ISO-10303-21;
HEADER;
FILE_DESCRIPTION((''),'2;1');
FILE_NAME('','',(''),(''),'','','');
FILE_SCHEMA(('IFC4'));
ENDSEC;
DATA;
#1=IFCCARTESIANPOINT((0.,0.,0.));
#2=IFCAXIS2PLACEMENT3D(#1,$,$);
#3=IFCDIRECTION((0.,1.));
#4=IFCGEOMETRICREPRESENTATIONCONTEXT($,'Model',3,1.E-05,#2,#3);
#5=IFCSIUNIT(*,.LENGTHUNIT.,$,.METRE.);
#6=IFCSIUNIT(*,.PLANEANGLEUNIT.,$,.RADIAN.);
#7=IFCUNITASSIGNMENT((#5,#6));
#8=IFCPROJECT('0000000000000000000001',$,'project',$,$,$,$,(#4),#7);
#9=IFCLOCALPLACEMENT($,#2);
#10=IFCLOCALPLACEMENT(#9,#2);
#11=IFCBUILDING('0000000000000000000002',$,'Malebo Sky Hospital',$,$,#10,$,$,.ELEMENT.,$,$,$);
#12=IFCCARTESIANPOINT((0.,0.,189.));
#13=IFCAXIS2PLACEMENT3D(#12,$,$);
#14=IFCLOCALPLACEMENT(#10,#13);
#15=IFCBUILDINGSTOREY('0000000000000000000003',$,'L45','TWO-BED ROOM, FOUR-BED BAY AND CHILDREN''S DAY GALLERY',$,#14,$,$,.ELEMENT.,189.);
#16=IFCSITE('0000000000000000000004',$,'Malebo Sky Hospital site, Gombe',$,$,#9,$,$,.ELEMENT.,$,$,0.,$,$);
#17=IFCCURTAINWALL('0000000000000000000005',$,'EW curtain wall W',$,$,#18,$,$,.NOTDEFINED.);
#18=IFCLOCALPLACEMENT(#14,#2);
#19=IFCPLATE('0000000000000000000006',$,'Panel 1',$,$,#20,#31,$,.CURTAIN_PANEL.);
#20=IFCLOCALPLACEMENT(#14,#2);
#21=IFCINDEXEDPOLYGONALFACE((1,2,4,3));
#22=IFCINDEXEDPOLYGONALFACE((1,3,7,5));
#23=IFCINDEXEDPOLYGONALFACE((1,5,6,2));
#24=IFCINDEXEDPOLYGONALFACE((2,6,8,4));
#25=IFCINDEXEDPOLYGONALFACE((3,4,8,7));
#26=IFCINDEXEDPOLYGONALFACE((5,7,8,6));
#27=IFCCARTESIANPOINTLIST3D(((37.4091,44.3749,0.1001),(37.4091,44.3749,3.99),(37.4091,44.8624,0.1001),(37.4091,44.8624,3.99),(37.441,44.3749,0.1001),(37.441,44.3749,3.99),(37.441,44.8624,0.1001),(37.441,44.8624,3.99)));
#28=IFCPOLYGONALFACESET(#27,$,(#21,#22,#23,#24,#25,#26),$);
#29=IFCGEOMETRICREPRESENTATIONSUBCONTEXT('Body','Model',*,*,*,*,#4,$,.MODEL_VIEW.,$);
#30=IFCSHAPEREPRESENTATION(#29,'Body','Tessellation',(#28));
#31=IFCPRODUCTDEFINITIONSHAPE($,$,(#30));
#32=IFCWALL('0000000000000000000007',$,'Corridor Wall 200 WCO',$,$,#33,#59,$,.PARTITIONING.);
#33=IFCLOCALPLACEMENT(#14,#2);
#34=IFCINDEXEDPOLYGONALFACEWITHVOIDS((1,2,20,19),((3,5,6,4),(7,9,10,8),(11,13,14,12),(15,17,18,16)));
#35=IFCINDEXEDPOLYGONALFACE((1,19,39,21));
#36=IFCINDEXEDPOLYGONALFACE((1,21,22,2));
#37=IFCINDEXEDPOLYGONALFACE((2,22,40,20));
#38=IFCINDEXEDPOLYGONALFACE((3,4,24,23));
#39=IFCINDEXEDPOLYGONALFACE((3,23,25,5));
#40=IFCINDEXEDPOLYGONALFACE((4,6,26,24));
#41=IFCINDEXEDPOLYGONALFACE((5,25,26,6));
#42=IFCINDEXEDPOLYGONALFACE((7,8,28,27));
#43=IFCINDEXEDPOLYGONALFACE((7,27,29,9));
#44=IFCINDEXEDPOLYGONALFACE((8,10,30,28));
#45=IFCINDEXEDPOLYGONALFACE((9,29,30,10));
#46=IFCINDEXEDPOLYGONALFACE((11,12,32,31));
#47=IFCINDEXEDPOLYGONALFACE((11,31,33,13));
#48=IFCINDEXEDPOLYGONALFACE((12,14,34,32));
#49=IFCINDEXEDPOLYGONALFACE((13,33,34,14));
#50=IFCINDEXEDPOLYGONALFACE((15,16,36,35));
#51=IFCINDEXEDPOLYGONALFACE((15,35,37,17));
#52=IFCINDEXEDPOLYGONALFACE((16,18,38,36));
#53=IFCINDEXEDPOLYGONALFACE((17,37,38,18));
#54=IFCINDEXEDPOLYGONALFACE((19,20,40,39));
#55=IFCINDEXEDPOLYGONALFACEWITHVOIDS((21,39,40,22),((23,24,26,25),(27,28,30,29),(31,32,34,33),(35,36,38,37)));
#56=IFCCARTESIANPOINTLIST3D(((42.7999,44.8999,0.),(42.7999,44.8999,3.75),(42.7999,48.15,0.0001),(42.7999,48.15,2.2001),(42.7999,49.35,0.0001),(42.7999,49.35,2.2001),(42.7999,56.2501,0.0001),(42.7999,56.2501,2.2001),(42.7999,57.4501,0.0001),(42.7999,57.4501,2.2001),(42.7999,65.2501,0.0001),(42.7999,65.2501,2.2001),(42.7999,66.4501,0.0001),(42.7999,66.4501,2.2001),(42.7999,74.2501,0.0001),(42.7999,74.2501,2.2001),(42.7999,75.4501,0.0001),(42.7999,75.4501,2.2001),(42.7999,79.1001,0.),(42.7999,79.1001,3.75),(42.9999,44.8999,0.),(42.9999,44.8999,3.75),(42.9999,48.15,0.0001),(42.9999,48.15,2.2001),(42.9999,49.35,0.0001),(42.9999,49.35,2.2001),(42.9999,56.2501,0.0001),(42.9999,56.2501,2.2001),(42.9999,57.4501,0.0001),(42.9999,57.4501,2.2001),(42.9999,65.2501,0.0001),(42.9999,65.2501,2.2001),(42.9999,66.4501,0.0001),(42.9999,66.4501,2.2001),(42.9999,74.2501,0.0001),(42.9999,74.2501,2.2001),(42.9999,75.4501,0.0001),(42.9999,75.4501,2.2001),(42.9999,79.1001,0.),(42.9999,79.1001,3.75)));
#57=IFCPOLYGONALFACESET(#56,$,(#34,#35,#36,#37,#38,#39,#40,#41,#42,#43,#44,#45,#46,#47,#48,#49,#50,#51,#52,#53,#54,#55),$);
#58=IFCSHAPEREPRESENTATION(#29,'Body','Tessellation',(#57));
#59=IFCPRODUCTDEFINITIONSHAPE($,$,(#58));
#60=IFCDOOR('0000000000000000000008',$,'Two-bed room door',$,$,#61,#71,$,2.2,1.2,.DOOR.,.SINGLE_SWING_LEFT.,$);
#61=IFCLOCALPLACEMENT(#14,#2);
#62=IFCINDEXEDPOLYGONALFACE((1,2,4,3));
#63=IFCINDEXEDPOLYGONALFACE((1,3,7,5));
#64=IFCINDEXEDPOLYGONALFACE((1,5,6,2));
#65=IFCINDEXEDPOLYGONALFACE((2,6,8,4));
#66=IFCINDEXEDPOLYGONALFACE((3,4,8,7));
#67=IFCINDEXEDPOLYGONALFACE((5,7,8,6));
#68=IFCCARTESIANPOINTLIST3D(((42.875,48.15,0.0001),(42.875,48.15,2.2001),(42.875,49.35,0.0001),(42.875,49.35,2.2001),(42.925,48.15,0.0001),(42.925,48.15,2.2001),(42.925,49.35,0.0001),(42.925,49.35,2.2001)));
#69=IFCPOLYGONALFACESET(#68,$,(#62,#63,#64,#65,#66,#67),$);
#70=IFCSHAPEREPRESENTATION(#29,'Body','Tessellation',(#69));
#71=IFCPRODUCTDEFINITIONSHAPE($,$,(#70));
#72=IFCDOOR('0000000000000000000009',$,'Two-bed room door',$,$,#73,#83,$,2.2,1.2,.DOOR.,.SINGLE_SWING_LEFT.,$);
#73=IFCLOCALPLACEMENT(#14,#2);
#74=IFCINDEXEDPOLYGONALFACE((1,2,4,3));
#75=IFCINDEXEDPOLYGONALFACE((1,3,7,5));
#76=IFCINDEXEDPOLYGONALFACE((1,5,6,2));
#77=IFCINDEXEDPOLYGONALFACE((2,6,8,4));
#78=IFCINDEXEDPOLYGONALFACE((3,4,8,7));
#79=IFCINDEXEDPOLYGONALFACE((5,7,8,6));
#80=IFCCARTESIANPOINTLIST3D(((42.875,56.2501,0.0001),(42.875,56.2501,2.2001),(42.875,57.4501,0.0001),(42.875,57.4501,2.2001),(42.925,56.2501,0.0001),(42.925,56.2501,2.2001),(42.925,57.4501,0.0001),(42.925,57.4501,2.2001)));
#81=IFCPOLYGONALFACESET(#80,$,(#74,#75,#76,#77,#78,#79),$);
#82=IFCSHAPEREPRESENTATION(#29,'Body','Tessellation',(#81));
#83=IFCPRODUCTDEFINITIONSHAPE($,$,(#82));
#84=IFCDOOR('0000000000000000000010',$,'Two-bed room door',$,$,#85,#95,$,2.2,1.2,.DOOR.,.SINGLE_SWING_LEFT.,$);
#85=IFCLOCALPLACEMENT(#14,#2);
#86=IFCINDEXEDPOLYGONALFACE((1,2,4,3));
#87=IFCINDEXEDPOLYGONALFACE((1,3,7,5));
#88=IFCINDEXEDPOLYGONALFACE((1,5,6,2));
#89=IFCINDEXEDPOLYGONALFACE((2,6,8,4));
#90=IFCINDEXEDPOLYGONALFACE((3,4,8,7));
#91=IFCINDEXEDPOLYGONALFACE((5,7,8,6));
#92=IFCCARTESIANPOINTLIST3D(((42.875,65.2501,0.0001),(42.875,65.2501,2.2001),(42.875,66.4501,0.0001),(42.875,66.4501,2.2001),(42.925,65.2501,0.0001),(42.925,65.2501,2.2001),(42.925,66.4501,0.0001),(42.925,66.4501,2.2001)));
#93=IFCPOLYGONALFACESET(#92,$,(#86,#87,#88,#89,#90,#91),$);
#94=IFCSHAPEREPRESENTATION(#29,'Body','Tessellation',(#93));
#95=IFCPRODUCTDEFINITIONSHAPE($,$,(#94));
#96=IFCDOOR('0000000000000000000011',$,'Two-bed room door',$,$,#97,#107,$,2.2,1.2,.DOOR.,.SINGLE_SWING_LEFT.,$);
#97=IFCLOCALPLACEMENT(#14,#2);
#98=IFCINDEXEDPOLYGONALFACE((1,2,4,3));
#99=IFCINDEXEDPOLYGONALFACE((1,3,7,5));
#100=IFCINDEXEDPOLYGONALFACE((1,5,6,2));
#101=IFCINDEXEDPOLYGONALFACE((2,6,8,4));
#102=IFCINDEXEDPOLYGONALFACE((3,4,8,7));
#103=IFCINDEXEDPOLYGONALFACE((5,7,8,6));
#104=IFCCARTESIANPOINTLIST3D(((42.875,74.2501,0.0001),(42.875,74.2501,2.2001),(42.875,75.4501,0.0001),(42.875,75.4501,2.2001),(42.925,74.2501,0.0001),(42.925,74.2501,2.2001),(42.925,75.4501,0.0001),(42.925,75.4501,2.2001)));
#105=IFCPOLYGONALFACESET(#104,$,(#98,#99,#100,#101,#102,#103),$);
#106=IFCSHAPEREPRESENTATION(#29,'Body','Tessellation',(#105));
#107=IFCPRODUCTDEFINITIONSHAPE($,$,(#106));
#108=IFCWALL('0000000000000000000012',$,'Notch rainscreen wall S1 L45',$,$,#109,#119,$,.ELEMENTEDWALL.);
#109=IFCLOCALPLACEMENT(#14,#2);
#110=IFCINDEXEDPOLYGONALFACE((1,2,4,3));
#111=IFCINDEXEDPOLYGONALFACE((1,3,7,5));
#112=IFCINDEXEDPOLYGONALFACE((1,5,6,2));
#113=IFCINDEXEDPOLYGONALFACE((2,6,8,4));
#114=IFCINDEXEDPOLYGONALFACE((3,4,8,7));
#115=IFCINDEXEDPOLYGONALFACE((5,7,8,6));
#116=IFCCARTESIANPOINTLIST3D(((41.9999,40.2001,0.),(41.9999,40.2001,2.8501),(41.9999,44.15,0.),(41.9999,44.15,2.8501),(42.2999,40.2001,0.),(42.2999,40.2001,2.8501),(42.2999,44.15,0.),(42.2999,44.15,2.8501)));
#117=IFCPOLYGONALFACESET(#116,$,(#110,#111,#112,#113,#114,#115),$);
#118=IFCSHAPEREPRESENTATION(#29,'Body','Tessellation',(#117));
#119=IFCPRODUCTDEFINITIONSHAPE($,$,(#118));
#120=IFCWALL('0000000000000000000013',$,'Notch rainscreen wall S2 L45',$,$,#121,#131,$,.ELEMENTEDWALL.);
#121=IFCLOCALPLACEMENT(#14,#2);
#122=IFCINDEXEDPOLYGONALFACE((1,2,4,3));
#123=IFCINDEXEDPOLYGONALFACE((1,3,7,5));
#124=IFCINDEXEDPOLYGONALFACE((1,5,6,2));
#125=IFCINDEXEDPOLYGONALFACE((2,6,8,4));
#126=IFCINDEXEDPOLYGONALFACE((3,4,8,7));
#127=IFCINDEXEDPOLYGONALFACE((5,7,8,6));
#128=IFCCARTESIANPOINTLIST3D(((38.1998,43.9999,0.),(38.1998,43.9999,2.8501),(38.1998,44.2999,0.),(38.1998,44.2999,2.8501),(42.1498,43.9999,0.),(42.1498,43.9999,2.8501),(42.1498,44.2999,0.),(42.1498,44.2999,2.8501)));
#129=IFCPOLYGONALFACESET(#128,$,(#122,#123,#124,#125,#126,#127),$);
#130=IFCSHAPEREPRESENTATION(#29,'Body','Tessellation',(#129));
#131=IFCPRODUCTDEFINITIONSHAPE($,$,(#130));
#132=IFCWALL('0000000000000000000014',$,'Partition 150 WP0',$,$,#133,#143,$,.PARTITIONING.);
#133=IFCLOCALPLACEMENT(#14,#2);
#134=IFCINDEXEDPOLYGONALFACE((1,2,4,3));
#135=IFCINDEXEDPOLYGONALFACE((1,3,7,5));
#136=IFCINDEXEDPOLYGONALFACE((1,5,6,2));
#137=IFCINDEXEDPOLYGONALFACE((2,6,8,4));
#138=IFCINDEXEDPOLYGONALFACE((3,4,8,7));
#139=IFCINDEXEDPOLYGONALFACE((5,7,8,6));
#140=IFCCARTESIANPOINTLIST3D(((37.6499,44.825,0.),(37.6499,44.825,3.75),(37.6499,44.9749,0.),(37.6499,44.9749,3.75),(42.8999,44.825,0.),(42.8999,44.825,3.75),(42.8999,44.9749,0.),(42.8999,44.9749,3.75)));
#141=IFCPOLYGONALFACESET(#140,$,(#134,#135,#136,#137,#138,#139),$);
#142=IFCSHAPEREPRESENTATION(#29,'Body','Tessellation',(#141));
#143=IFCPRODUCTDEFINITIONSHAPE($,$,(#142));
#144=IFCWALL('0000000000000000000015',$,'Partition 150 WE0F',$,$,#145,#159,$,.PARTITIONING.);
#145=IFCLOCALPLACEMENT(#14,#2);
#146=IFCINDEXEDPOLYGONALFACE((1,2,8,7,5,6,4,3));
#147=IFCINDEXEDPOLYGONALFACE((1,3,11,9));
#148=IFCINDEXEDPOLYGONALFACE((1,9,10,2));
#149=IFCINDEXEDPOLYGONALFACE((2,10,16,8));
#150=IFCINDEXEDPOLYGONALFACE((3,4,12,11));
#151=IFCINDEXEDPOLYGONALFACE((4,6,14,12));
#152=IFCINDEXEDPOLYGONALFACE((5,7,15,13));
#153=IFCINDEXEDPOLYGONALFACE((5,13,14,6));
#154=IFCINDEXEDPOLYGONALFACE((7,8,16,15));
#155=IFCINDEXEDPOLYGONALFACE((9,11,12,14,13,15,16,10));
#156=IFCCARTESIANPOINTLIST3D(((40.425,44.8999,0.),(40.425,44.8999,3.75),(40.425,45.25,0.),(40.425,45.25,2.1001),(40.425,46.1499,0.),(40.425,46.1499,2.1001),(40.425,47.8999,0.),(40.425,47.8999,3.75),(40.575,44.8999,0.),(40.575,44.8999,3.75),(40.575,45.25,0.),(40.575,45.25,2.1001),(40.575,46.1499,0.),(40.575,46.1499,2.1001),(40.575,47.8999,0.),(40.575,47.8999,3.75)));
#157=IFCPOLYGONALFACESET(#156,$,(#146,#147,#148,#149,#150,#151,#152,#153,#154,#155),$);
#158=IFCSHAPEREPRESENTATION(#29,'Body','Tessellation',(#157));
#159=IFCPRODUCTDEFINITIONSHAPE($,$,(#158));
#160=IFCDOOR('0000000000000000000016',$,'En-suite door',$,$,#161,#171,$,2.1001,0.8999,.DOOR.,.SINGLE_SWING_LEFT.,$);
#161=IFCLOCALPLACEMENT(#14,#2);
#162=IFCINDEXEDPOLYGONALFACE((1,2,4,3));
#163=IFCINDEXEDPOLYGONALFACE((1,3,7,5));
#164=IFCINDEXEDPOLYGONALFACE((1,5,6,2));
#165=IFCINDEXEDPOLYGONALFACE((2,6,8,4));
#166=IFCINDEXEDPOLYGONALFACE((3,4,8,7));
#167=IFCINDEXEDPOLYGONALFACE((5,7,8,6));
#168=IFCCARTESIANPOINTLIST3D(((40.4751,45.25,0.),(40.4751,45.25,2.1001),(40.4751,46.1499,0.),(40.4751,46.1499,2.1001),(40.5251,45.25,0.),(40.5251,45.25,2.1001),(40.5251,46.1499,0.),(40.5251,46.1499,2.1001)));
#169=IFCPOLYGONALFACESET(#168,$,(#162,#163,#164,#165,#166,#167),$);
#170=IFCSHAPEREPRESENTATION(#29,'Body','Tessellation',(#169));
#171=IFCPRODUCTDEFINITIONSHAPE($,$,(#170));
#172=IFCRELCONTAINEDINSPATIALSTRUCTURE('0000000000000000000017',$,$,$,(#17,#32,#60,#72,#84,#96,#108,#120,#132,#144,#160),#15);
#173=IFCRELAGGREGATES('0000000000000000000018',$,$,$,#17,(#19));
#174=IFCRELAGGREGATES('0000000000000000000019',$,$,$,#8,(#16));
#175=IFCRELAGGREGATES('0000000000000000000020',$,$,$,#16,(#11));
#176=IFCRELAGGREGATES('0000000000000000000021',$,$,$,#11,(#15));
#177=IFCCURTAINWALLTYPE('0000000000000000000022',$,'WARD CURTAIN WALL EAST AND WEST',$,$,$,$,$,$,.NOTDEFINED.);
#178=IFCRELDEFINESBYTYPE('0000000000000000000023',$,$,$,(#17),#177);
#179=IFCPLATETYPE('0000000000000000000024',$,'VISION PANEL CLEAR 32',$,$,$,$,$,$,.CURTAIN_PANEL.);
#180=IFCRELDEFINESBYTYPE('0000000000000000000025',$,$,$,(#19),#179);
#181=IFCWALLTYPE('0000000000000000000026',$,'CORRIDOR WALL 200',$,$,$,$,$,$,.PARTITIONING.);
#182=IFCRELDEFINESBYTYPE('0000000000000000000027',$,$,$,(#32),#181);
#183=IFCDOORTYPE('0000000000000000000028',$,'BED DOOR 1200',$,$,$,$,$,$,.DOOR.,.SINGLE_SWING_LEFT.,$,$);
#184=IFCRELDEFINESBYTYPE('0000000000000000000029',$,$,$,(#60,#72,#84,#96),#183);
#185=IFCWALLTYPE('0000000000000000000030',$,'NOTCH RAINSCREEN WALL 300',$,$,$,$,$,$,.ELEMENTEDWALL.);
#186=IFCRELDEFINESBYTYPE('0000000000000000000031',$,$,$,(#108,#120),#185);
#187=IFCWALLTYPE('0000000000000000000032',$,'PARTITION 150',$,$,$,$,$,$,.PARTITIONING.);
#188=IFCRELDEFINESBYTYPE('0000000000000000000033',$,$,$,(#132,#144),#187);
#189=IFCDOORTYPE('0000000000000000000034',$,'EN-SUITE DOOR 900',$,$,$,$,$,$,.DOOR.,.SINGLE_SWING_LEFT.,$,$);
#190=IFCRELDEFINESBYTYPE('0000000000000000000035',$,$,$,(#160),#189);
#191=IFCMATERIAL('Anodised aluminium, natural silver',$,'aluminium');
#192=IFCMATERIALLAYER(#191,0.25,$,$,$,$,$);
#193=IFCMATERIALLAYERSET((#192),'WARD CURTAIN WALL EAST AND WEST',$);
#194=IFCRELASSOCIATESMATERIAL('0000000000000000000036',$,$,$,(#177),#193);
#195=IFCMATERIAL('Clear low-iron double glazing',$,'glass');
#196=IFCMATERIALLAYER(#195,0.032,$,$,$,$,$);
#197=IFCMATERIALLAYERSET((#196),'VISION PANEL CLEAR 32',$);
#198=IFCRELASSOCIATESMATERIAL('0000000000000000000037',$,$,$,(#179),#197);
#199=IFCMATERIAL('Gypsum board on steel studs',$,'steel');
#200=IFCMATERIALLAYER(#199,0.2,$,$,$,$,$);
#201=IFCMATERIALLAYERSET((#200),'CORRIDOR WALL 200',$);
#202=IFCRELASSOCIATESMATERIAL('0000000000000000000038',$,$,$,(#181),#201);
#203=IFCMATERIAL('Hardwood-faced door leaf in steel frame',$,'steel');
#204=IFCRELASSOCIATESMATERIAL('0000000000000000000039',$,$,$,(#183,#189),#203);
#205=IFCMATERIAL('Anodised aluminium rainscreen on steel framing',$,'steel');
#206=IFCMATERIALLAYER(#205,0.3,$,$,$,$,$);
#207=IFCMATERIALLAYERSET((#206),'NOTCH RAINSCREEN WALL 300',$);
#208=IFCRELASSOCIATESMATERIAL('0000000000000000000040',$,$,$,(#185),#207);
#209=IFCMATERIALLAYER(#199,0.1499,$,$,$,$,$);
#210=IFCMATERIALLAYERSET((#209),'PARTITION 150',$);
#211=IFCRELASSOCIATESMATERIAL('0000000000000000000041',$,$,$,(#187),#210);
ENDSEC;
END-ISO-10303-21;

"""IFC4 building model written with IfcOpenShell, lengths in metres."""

from ifc_helpers import new_model, si_unit, direction, frame, frame_2d, origin, origin_2d, place, context, subcontext, project, spatial, rectangle, extrude, material, layer, layer_set, type_object, element, fill, aggregate, save


model = new_model("IFC4")

# Units and contexts
model_context = context("Model", 3, precision=1e-05, world=origin(), true_north=direction((0.0, 1.0)))
body_context = subcontext(model_context, "Body", "Model", "MODEL_VIEW")
ifc_project = project(units=[si_unit("LENGTHUNIT", "METRE"), si_unit("PLANEANGLEUNIT", "RADIAN")], contexts=[model_context])

# Site, building, storey
site_placement = place(None, origin())
site = spatial("IfcSite", under=ifc_project, at=site_placement, Name="Malebo Sky Hospital site, Gombe", CompositionType="ELEMENT", RefElevation=0.0)
building_placement = place(site_placement, origin())
building = spatial("IfcBuilding", under=site, at=building_placement, Name="Malebo Sky Hospital", CompositionType="ELEMENT")
storey_placement = place(building_placement, frame((0.0, 0.0, 189.0)))
storey = spatial("IfcBuildingStorey", under=building, at=storey_placement, Name="L45", Description="TWO-BED ROOM, FOUR-BED BAY AND CHILDREN'S DAY GALLERY", CompositionType="ELEMENT", Elevation=189.0)

# Curtain wall
ifc_material_1 = material(Name="Anodised aluminium, natural silver", Category="aluminium")
ifc_layer_1 = layer(ifc_material_1, 0.25)
ifc_layer_set_1 = layer_set([ifc_layer_1], Name="WARD CURTAIN WALL EAST AND WEST")
curtain_wall_type_1 = type_object("IfcCurtainWallType", Name="WARD CURTAIN WALL EAST AND WEST", PredefinedType="NOTDEFINED", material=ifc_layer_set_1)
curtain_wall_1_placement = place(storey_placement, origin())
curtain_wall_1 = element("IfcCurtainWall", 1, at=curtain_wall_1_placement, inside=storey, type_object=curtain_wall_type_1, Name="EW curtain wall W", PredefinedType="NOTDEFINED")

# Plate
ifc_material_2 = material(Name="Clear low-iron double glazing", Category="glass")
ifc_layer_2 = layer(ifc_material_2, 0.032)
ifc_layer_set_2 = layer_set([ifc_layer_2], Name="VISION PANEL CLEAR 32")
plate_type = type_object("IfcPlateType", Name="VISION PANEL CLEAR 32", PredefinedType="CURTAIN_PANEL", material=ifc_layer_set_2)
plate_placement = place(storey_placement, frame((37.425, 44.6187, 0.1001), z_axis=(0.0, 0.0, 1.0), x_axis=(0.0, 1.0, 0.0)))
plate = element("IfcPlate", 2, at=plate_placement, type_object=plate_type, Name="Panel 1", PredefinedType="CURTAIN_PANEL", context=body_context, shape_type="SweptSolid", body=[
    extrude(rectangle(XDim=0.4875, YDim=0.032, at=origin_2d()), origin(), (0.0, 0.0, 1.0), 3.8899),
])
aggregate(curtain_wall_1, [plate])

# Wall, openings, doors
ifc_material_3 = material(Name="Gypsum board on steel studs", Category="steel")
ifc_layer_3 = layer(ifc_material_3, 0.2)
ifc_layer_set_3 = layer_set([ifc_layer_3], Name="CORRIDOR WALL 200")
wall_type_1 = type_object("IfcWallType", Name="CORRIDOR WALL 200", PredefinedType="PARTITIONING", material=ifc_layer_set_3)
wall_1_placement = place(storey_placement, frame((42.8999, 44.8999, 0.0), z_axis=(0.0, 0.0, 1.0), x_axis=(0.0, 1.0, 0.0)))
wall_1 = element("IfcWall", 3, at=wall_1_placement, inside=storey, type_object=wall_type_1, Name="Corridor Wall 200 WCO", PredefinedType="PARTITIONING", context=body_context, shape_type="SweptSolid", body=[
    extrude(rectangle(XDim=34.2002, YDim=0.2, at=frame_2d((17.1001, 0.0))), origin(), (0.0, 0.0, 1.0), 3.75),
])
opening_1_placement = place(wall_1_placement, frame((3.25, 0.0, 0.0)))
opening_1 = element("IfcOpeningElement", 4, at=opening_1_placement, cuts=wall_1, PredefinedType="OPENING", context=body_context, shape_type="SweptSolid", body=[
    extrude(rectangle(XDim=1.2, YDim=2.2, at=frame_2d((0.6001, 1.1001))), frame((0.0, 0.1099, 0.0), z_axis=(0.0, -1.0, 0.0), x_axis=(1.0, 0.0, 0.0)), (0.0, 0.0, 1.0), 0.22),
])
opening_2_placement = place(wall_1_placement, frame((11.3501, 0.0, 0.0)))
opening_2 = element("IfcOpeningElement", 5, at=opening_2_placement, cuts=wall_1, PredefinedType="OPENING", context=body_context, shape_type="SweptSolid", body=[
    extrude(rectangle(XDim=1.2, YDim=2.2, at=frame_2d((0.6001, 1.1001))), frame((0.0, 0.1099, 0.0), z_axis=(0.0, -1.0, 0.0), x_axis=(1.0, 0.0, 0.0)), (0.0, 0.0, 1.0), 0.22),
])
opening_3_placement = place(wall_1_placement, frame((20.3501, 0.0, 0.0)))
opening_3 = element("IfcOpeningElement", 6, at=opening_3_placement, cuts=wall_1, PredefinedType="OPENING", context=body_context, shape_type="SweptSolid", body=[
    extrude(rectangle(XDim=1.2, YDim=2.2, at=frame_2d((0.6001, 1.1001))), frame((0.0, 0.1099, 0.0), z_axis=(0.0, -1.0, 0.0), x_axis=(1.0, 0.0, 0.0)), (0.0, 0.0, 1.0), 0.22),
])
opening_4_placement = place(wall_1_placement, frame((29.3501, 0.0, 0.0)))
opening_4 = element("IfcOpeningElement", 7, at=opening_4_placement, cuts=wall_1, PredefinedType="OPENING", context=body_context, shape_type="SweptSolid", body=[
    extrude(rectangle(XDim=1.2, YDim=2.2, at=frame_2d((0.6001, 1.1001))), frame((0.0, 0.1099, 0.0), z_axis=(0.0, -1.0, 0.0), x_axis=(1.0, 0.0, 0.0)), (0.0, 0.0, 1.0), 0.22),
])
ifc_material_4 = material(Name="Hardwood-faced door leaf in steel frame", Category="steel")
door_type_1 = type_object("IfcDoorType", Name="BED DOOR 1200", OperationType="SINGLE_SWING_LEFT", PredefinedType="DOOR", material=ifc_material_4)
door_1_placement = place(opening_1_placement, origin())
door_1 = element("IfcDoor", 8, at=door_1_placement, inside=storey, type_object=door_type_1, Name="Two-bed room door", OperationType="SINGLE_SWING_LEFT", OverallHeight=2.2, OverallWidth=1.2, PredefinedType="DOOR", context=body_context, shape_type="SweptSolid", body=[
    extrude(rectangle(XDim=1.2, YDim=2.2, at=frame_2d((0.6001, 1.1001))), frame((0.0, 0.0249, 0.0), z_axis=(0.0, -1.0, 0.0), x_axis=(1.0, 0.0, 0.0)), (0.0, 0.0, 1.0), 0.05),
])
fill(opening_1, door_1)
door_2_placement = place(opening_2_placement, origin())
door_2 = element("IfcDoor", 9, at=door_2_placement, inside=storey, type_object=door_type_1, Name="Two-bed room door", OperationType="SINGLE_SWING_LEFT", OverallHeight=2.2, OverallWidth=1.2, PredefinedType="DOOR", context=body_context, shape_type="SweptSolid", body=[
    extrude(rectangle(XDim=1.2, YDim=2.2, at=frame_2d((0.6001, 1.1001))), frame((0.0, 0.0249, 0.0), z_axis=(0.0, -1.0, 0.0), x_axis=(1.0, 0.0, 0.0)), (0.0, 0.0, 1.0), 0.05),
])
fill(opening_2, door_2)
door_3_placement = place(opening_3_placement, origin())
door_3 = element("IfcDoor", 10, at=door_3_placement, inside=storey, type_object=door_type_1, Name="Two-bed room door", OperationType="SINGLE_SWING_LEFT", OverallHeight=2.2, OverallWidth=1.2, PredefinedType="DOOR", context=body_context, shape_type="SweptSolid", body=[
    extrude(rectangle(XDim=1.2, YDim=2.2, at=frame_2d((0.6001, 1.1001))), frame((0.0, 0.0249, 0.0), z_axis=(0.0, -1.0, 0.0), x_axis=(1.0, 0.0, 0.0)), (0.0, 0.0, 1.0), 0.05),
])
fill(opening_3, door_3)
door_4_placement = place(opening_4_placement, origin())
door_4 = element("IfcDoor", 11, at=door_4_placement, inside=storey, type_object=door_type_1, Name="Two-bed room door", OperationType="SINGLE_SWING_LEFT", OverallHeight=2.2, OverallWidth=1.2, PredefinedType="DOOR", context=body_context, shape_type="SweptSolid", body=[
    extrude(rectangle(XDim=1.2, YDim=2.2, at=frame_2d((0.6001, 1.1001))), frame((0.0, 0.0249, 0.0), z_axis=(0.0, -1.0, 0.0), x_axis=(1.0, 0.0, 0.0)), (0.0, 0.0, 1.0), 0.05),
])
fill(opening_4, door_4)

# Walls
ifc_material_5 = material(Name="Anodised aluminium rainscreen on steel framing", Category="steel")
ifc_layer_4 = layer(ifc_material_5, 0.3)
ifc_layer_set_4 = layer_set([ifc_layer_4], Name="NOTCH RAINSCREEN WALL 300")
wall_type_2 = type_object("IfcWallType", Name="NOTCH RAINSCREEN WALL 300", PredefinedType="ELEMENTEDWALL", material=ifc_layer_set_4)
for number, where, z_axis, x_axis, name in (
    (12, (42.1499, 40.2, 0.0), (0.0, 0.0, 1.0), (0.0, 1.0, 0.0), "Notch rainscreen wall S1 L45"),
    (13, (42.1499, 44.1499, 0.0), (0.0, 0.0, 1.0), (-1.0, 0.0, 0.0), "Notch rainscreen wall S2 L45"),
):
    element("IfcWall", number, at=place(storey_placement, frame(where, z_axis=z_axis, x_axis=x_axis)), inside=storey, type_object=wall_type_2, Name=name, PredefinedType="ELEMENTEDWALL", context=body_context, shape_type="SweptSolid", body=[
        extrude(rectangle(XDim=3.95, YDim=0.3, at=frame_2d((1.9751, 0.0))), origin(), (0.0, 0.0, 1.0), 2.8501),
    ])
ifc_layer_5 = layer(ifc_material_3, 0.1499)
ifc_layer_set_5 = layer_set([ifc_layer_5], Name="PARTITION 150")
wall_type_3 = type_object("IfcWallType", Name="PARTITION 150", PredefinedType="PARTITIONING", material=ifc_layer_set_5)
wall_2_placement = place(storey_placement, frame((42.8999, 44.8999, 0.0), z_axis=(0.0, 0.0, 1.0), x_axis=(-1.0, 0.0, 0.0)))
element("IfcWall", 14, at=wall_2_placement, inside=storey, type_object=wall_type_3, Name="Partition 150 WP0", PredefinedType="PARTITIONING", context=body_context, shape_type="SweptSolid", body=[
    extrude(rectangle(XDim=5.25, YDim=0.1499, at=frame_2d((2.625, 0.0))), origin(), (0.0, 0.0, 1.0), 3.75),
])

# Wall, opening, door
wall_3_placement = place(storey_placement, frame((40.5, 44.8999, 0.0), z_axis=(0.0, 0.0, 1.0), x_axis=(0.0, 1.0, 0.0)))
wall_3 = element("IfcWall", 15, at=wall_3_placement, inside=storey, type_object=wall_type_3, Name="Partition 150 WE0F", PredefinedType="PARTITIONING", context=body_context, shape_type="SweptSolid", body=[
    extrude(rectangle(XDim=3.0, YDim=0.1499, at=frame_2d((1.5, 0.0))), origin(), (0.0, 0.0, 1.0), 3.75),
])
opening_5_placement = place(wall_3_placement, frame((0.3501, 0.0, 0.0)))
opening_5 = element("IfcOpeningElement", 16, at=opening_5_placement, cuts=wall_3, PredefinedType="OPENING", context=body_context, shape_type="SweptSolid", body=[
    extrude(rectangle(XDim=0.8999, YDim=2.1001, at=frame_2d((0.45, 1.05))), frame((0.0, 0.085, 0.0), z_axis=(0.0, -1.0, 0.0), x_axis=(1.0, 0.0, 0.0)), (0.0, 0.0, 1.0), 0.1699),
])
door_type_2 = type_object("IfcDoorType", Name="EN-SUITE DOOR 900", OperationType="SINGLE_SWING_LEFT", PredefinedType="DOOR", material=ifc_material_4)
door_5_placement = place(opening_5_placement, origin())
door_5 = element("IfcDoor", 17, at=door_5_placement, inside=storey, type_object=door_type_2, Name="En-suite door", OperationType="SINGLE_SWING_LEFT", OverallHeight=2.1001, OverallWidth=0.8999, PredefinedType="DOOR", context=body_context, shape_type="SweptSolid", body=[
    extrude(rectangle(XDim=0.8999, YDim=2.1001, at=frame_2d((0.45, 1.05))), frame((0.0, 0.0249, 0.0), z_axis=(0.0, -1.0, 0.0), x_axis=(1.0, 0.0, 0.0)), (0.0, 0.0, 1.0), 0.05),
])
fill(opening_5, door_5)

save(model, "model.ifc")
